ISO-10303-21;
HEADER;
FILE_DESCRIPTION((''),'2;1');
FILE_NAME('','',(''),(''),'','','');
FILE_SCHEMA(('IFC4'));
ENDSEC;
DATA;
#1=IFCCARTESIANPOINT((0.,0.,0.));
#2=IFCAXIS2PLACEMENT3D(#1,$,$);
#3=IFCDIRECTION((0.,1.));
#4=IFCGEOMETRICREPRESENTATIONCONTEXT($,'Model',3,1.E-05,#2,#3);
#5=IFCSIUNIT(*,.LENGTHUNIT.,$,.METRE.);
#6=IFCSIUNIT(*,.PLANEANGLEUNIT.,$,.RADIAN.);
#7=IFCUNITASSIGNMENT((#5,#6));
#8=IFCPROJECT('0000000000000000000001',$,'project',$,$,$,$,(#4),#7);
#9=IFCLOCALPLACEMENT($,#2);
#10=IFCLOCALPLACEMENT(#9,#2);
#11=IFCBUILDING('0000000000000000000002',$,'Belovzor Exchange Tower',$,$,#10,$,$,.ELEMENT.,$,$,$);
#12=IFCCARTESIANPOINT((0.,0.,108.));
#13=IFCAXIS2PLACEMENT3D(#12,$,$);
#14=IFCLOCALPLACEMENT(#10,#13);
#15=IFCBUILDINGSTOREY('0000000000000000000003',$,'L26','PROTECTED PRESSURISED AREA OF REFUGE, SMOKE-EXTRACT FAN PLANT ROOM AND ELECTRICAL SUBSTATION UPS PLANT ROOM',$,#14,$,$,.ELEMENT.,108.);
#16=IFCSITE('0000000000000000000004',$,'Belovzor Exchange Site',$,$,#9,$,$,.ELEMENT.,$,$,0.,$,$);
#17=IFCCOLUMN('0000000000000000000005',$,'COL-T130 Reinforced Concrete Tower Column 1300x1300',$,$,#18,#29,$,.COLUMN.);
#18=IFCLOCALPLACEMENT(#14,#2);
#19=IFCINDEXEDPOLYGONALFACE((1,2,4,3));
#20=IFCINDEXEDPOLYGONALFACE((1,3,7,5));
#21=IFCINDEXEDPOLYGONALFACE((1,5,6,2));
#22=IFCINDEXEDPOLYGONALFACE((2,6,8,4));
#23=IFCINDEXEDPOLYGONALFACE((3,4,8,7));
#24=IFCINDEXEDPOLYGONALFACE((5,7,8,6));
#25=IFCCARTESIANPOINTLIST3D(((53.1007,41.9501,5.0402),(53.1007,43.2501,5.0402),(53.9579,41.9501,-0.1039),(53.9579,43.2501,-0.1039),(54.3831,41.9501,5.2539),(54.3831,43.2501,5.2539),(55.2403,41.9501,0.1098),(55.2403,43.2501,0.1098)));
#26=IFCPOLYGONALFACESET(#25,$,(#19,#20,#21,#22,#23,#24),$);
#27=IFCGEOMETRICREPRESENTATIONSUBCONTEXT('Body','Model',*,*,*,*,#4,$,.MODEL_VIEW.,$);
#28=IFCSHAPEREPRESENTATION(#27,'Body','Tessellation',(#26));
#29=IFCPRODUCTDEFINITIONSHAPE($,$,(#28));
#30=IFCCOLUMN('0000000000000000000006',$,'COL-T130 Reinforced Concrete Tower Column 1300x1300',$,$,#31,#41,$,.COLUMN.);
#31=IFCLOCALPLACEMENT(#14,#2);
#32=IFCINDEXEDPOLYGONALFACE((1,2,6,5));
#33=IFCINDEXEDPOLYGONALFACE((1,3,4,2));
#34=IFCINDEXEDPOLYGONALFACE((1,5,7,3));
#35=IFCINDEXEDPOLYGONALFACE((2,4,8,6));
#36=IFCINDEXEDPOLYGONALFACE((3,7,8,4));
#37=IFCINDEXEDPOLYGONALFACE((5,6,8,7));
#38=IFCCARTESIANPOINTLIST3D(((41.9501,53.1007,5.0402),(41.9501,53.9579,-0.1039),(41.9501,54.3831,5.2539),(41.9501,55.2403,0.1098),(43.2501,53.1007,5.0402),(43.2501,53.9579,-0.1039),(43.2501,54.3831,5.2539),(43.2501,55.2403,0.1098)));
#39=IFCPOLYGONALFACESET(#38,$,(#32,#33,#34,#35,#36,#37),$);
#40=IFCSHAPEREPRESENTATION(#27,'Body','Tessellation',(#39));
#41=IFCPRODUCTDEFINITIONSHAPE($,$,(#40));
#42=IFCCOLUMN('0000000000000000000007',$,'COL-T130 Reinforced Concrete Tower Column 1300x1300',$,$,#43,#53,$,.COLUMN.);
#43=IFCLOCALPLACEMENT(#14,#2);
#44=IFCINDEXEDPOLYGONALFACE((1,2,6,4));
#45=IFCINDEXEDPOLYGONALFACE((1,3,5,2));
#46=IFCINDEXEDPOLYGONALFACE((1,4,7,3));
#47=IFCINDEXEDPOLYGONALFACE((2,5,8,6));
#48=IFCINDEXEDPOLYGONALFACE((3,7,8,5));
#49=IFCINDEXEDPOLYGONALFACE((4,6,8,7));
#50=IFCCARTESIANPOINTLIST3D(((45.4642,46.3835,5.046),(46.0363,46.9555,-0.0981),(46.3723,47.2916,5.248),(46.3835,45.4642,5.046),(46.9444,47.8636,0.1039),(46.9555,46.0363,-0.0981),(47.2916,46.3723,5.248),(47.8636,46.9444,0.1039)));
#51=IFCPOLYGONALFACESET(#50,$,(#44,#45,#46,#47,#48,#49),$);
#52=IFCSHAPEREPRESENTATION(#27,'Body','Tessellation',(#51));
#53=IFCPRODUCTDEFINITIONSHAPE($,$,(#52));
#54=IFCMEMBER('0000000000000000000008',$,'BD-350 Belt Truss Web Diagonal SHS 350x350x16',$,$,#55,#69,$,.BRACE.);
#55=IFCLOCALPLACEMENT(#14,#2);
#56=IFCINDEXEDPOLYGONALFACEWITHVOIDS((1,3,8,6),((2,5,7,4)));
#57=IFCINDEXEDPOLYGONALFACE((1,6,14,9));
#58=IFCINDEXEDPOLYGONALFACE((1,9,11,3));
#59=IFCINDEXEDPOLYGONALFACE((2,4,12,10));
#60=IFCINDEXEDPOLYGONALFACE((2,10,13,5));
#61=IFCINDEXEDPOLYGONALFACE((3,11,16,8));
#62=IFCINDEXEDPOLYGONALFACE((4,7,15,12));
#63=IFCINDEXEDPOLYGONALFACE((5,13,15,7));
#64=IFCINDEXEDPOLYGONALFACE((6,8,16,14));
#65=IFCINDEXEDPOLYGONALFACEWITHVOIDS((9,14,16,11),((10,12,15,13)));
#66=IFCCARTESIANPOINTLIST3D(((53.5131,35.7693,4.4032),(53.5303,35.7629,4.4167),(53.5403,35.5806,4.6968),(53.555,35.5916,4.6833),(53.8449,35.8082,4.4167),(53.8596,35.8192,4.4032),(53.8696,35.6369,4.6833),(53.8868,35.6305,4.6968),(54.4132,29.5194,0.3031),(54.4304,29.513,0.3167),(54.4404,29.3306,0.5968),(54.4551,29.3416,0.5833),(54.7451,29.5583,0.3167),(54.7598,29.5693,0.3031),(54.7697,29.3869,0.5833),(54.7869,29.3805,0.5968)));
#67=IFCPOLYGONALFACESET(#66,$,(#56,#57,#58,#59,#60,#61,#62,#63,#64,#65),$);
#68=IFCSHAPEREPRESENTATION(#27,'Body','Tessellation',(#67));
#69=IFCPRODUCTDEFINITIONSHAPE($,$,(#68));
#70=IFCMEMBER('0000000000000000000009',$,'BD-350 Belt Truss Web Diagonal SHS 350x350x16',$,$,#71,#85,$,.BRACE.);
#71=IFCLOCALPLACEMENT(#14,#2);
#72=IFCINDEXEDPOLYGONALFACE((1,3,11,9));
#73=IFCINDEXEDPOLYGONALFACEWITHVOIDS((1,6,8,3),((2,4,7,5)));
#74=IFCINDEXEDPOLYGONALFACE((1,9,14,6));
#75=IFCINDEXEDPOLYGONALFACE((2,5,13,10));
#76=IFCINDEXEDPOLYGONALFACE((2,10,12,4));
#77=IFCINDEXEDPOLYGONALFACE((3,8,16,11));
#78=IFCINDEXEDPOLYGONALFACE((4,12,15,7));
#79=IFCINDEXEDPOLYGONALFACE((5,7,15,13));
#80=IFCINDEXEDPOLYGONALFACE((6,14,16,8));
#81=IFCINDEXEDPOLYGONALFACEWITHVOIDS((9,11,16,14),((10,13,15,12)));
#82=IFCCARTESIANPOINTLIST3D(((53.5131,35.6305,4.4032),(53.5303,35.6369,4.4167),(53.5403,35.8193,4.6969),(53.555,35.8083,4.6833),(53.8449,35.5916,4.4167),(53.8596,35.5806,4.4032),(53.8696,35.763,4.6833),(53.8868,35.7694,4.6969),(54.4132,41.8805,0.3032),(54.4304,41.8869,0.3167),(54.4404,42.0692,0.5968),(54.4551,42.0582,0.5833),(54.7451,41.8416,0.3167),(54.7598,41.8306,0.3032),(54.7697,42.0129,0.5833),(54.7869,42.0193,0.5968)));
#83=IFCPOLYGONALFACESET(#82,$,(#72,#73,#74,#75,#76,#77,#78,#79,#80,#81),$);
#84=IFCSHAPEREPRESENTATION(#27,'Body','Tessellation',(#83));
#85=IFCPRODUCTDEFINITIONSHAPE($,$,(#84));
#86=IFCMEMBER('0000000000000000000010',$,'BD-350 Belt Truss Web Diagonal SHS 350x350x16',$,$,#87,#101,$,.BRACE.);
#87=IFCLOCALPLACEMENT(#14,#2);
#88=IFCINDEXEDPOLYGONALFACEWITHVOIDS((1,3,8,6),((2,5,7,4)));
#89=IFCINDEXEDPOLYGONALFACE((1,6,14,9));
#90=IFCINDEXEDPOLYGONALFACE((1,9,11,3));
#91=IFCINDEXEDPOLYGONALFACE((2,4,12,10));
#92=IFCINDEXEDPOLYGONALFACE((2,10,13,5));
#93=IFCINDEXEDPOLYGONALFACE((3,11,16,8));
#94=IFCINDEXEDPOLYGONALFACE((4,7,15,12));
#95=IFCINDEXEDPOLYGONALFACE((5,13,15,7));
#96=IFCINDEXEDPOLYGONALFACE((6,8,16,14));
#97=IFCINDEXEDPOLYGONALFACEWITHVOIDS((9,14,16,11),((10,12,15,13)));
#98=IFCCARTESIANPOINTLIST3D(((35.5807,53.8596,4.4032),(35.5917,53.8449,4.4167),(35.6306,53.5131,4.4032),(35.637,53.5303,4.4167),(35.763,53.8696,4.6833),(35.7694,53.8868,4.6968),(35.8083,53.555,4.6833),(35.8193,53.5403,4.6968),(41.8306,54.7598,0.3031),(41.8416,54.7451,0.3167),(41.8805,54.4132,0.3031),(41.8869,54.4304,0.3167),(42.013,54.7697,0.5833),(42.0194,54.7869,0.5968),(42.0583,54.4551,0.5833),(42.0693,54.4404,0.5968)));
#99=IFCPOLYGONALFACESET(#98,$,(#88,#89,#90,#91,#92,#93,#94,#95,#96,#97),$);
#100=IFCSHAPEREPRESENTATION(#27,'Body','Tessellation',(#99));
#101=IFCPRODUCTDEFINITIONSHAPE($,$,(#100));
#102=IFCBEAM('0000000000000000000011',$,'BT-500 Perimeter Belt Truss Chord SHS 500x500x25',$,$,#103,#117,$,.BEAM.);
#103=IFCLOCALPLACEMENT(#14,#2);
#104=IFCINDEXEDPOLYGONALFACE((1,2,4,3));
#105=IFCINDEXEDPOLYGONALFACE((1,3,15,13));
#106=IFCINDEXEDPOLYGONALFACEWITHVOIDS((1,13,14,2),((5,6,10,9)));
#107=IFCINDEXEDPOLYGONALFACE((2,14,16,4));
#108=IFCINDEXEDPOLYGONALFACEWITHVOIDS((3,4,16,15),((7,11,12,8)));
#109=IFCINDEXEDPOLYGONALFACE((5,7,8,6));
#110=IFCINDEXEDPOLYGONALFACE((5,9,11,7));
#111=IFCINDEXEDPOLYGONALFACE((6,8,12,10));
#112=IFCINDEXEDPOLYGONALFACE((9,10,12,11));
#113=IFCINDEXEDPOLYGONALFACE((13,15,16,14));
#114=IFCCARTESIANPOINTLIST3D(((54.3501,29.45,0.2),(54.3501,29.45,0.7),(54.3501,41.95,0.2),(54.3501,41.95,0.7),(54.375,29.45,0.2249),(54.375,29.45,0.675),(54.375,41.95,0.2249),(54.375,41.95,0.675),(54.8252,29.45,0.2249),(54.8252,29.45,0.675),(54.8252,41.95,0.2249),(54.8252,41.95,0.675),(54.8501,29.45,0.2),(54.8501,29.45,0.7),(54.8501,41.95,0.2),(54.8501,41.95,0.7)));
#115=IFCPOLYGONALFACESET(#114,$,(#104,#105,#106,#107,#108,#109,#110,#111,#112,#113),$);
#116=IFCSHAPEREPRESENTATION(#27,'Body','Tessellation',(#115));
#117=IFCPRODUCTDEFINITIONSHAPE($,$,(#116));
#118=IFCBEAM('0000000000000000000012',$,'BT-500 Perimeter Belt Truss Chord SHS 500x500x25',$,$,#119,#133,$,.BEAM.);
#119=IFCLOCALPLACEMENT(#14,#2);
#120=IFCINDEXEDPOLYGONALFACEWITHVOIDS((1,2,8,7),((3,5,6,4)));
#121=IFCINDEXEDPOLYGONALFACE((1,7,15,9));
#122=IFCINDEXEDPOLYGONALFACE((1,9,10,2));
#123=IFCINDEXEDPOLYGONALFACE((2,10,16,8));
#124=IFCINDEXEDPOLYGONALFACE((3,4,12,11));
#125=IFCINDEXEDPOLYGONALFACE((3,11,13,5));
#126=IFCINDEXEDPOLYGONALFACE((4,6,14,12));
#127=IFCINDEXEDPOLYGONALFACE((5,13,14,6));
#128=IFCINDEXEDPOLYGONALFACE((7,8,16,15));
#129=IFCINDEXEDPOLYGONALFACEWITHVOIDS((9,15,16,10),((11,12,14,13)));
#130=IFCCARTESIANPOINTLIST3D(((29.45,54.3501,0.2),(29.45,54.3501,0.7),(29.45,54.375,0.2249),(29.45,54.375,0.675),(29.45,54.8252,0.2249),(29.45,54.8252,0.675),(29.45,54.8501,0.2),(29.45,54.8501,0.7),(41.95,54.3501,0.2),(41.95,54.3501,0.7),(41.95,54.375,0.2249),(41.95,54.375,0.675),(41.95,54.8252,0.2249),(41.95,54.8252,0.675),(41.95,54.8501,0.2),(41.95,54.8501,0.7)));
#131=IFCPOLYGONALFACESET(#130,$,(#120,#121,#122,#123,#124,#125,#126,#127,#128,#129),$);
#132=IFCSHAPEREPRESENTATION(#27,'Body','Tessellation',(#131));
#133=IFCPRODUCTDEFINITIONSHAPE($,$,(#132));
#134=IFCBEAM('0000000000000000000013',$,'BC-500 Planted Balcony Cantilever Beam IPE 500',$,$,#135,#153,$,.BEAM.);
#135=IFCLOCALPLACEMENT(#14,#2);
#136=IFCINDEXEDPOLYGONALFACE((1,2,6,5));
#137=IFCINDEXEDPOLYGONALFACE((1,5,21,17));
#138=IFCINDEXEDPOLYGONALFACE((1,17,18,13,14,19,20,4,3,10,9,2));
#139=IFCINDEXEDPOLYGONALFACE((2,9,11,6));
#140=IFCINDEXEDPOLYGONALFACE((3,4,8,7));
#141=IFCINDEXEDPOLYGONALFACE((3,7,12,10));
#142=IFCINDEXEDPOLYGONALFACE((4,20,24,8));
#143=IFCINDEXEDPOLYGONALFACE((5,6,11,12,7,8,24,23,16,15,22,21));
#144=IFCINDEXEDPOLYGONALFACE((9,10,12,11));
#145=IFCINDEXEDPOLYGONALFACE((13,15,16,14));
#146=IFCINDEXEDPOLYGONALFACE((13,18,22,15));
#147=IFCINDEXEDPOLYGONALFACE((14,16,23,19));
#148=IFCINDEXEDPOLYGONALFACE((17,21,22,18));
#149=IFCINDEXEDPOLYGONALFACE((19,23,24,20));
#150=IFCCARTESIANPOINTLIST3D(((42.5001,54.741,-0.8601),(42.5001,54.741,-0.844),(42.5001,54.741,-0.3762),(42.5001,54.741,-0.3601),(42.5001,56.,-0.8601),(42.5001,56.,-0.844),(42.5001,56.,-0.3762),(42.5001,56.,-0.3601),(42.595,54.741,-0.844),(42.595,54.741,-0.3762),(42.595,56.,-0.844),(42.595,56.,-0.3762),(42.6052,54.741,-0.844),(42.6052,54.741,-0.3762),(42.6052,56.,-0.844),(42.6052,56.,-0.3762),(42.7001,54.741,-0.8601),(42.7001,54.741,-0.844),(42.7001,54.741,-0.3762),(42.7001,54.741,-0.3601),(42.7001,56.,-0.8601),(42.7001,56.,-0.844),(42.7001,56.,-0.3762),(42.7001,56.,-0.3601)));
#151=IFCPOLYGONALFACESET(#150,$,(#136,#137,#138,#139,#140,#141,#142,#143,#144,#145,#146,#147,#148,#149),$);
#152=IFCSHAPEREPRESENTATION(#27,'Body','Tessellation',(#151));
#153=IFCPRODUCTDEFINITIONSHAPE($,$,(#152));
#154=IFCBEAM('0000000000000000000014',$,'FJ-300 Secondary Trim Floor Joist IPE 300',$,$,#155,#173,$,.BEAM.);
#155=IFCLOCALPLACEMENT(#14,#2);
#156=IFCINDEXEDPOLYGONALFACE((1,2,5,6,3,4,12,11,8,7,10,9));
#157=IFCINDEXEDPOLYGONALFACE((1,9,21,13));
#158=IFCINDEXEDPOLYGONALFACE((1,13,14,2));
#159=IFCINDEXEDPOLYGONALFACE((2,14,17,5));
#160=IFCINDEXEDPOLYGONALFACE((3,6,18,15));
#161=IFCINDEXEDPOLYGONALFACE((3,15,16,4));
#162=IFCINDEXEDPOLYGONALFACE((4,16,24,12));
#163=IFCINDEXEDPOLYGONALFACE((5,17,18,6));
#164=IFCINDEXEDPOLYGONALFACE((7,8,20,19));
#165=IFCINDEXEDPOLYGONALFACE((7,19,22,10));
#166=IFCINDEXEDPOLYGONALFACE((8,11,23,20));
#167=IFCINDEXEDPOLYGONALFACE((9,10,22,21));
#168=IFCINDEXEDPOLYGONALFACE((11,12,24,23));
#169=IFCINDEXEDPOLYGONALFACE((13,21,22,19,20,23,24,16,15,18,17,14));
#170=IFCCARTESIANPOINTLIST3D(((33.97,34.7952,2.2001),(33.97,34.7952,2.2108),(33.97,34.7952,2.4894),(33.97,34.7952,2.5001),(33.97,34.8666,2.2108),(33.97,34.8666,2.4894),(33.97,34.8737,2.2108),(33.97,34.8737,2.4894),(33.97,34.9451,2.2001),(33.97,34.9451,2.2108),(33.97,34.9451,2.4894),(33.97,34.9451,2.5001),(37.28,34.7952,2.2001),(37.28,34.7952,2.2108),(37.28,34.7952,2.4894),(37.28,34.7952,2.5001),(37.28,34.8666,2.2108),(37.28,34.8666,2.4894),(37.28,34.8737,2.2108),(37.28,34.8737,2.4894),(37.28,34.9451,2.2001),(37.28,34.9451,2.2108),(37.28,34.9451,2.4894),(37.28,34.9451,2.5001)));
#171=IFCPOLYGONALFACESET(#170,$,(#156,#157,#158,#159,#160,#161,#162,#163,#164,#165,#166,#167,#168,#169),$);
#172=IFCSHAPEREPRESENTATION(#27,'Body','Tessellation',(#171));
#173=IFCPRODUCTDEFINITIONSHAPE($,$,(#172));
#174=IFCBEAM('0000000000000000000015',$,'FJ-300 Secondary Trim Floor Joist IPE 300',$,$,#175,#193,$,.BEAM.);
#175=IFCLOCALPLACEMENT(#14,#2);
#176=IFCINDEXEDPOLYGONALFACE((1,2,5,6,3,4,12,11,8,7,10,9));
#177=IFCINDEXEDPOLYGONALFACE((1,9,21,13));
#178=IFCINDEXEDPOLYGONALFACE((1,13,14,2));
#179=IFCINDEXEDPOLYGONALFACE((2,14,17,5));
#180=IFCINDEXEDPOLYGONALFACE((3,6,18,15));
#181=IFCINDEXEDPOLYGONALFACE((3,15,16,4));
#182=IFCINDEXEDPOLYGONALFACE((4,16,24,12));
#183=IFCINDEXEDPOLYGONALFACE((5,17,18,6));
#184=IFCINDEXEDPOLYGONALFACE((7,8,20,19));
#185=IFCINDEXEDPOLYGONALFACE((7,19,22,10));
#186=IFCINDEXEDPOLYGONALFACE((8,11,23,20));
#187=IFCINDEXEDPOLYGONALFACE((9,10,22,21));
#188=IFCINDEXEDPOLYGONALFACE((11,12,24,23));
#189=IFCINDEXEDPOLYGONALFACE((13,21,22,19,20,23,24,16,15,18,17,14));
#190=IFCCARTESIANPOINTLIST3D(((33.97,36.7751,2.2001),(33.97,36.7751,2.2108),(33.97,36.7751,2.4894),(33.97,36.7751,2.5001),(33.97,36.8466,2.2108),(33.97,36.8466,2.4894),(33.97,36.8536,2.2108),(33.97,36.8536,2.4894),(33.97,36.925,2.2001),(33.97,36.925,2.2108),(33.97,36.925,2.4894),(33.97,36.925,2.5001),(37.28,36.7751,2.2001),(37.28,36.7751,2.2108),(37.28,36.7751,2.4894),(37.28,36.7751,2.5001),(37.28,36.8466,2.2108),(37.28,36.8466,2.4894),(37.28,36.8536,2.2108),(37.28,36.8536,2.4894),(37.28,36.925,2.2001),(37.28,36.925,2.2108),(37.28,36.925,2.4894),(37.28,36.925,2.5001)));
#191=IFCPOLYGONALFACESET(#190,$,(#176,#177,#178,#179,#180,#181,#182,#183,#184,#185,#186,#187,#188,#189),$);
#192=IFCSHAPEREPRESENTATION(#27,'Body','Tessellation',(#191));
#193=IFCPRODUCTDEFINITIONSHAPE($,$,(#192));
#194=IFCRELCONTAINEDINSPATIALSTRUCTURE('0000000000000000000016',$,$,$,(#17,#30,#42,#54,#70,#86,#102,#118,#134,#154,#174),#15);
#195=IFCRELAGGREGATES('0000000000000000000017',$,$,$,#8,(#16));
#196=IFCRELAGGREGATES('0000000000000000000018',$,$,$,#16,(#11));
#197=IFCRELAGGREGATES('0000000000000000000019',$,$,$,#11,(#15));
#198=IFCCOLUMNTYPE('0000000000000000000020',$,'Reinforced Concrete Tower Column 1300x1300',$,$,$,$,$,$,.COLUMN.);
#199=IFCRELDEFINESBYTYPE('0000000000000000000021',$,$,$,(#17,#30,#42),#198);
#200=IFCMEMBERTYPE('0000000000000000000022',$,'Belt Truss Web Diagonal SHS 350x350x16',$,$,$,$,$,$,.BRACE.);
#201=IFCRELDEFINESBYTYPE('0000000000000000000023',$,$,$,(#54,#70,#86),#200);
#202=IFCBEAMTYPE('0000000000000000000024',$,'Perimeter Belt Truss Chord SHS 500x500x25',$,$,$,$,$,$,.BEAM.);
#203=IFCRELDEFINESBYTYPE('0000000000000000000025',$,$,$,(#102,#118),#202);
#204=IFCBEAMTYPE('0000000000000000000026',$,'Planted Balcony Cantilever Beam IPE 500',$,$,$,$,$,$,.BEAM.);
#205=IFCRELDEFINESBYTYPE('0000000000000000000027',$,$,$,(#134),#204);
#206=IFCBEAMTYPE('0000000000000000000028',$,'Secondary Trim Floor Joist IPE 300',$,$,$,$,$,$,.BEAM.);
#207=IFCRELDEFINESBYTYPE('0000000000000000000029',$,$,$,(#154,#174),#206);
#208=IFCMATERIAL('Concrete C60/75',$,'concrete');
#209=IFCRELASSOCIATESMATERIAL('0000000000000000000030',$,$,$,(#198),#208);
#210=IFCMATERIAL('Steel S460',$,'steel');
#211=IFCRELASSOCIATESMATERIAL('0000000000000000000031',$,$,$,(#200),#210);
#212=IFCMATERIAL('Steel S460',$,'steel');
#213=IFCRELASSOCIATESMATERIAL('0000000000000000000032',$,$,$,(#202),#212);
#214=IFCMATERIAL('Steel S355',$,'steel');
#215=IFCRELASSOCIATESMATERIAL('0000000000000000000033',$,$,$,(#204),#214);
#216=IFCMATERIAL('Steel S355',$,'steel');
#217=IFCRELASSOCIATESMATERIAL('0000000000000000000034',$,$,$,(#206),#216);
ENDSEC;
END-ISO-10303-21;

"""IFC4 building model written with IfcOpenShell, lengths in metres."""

from ifc_helpers import new_model, si_unit, direction, frame, origin, origin_2d, place, context, subcontext, project, spatial, rectangle, hollow_rectangle, i_section, extrude, material, material_profile, profile_set, type_object, element, save


model = new_model("IFC4")

# Units and contexts
model_context = context("Model", 3, precision=1e-05, world=origin(), true_north=direction((0.0, 1.0)))
body_context = subcontext(model_context, "Body", "Model", "MODEL_VIEW")
ifc_project = project(units=[si_unit("LENGTHUNIT", "METRE"), si_unit("PLANEANGLEUNIT", "RADIAN")], contexts=[model_context])

# Site, building, storey
site_placement = place(None, origin())
site = spatial("IfcSite", under=ifc_project, at=site_placement, Name="Belovzor Exchange Site", CompositionType="ELEMENT", RefElevation=0.0)
building_placement = place(site_placement, origin())
building = spatial("IfcBuilding", under=site, at=building_placement, Name="Belovzor Exchange Tower", CompositionType="ELEMENT")
storey_placement = place(building_placement, frame((0.0, 0.0, 108.0)))
storey = spatial("IfcBuildingStorey", under=building, at=storey_placement, Name="L26", Description="PROTECTED PRESSURISED AREA OF REFUGE, SMOKE-EXTRACT FAN PLANT ROOM AND ELECTRICAL SUBSTATION UPS PLANT ROOM", CompositionType="ELEMENT", Elevation=108.0)

# Columns
ifc_material_1 = material(Name="Concrete C60/75", Category="concrete")
ifc_material_profile_1 = material_profile(ifc_material_1, rectangle(XDim=1.3, YDim=1.3, at=origin_2d()))
ifc_profile_set_1 = profile_set([ifc_material_profile_1], Name="Concrete C60/75")
column_type = type_object("IfcColumnType", Name="Reinforced Concrete Tower Column 1300x1300", PredefinedType="COLUMN", material=ifc_profile_set_1)
for number, where, z_axis, x_axis, name in (
    (1, (54.5991, 42.6001, 0.0029), (-0.164369, 0.0, 0.986399), (0.0, -1.0, 0.0), "COL-T130 Reinforced Concrete Tower Column 1300x1300"),
    (2, (42.6001, 54.5991, 0.0029), (0.0, -0.164369, 0.986399), (1.0, 0.0, 0.0), "COL-T130 Reinforced Concrete Tower Column 1300x1300"),
):
    element("IfcColumn", number, at=place(storey_placement, frame(where, z_axis=z_axis, x_axis=x_axis)), inside=storey, type_object=column_type, Name=name, PredefinedType="COLUMN", context=body_context, shape_type="SweptSolid", body=[
        extrude(rectangle(XDim=1.3, YDim=1.3, at=origin_2d()), origin(), (0.0, 0.0, 1.0), 5.2151),
    ])
column_placement = place(storey_placement, frame((46.95, 46.95, 0.0029), z_axis=(-0.109851, -0.109851, 0.987859), x_axis=(0.707107, -0.707107, 0.0)))
element("IfcColumn", 3, at=column_placement, inside=storey, type_object=column_type, Name="COL-T130 Reinforced Concrete Tower Column 1300x1300", PredefinedType="COLUMN", context=body_context, shape_type="SweptSolid", body=[
    extrude(rectangle(XDim=1.3, YDim=1.3, at=origin_2d()), origin(), (0.0, 0.0, 1.0), 5.2073),
])

# Members
ifc_material_2 = material(Name="Steel S460", Category="steel")
ifc_material_profile_2 = material_profile(ifc_material_2, hollow_rectangle(XDim=0.3501, YDim=0.3501, WallThickness=0.0161, at=origin_2d()))
ifc_profile_set_2 = profile_set([ifc_material_profile_2], Name="Steel S460")
member_type_1 = type_object("IfcMemberType", Name="Belt Truss Web Diagonal SHS 350x350x16", PredefinedType="BRACE", material=ifc_profile_set_2)
for number, where, z_axis, x_axis, name in (
    (4, (54.6001, 29.45, 0.45), (-0.11956, 0.83014, 0.544585), (-0.989787, -0.142553, 0.0), "BD-350 Belt Truss Web Diagonal SHS 350x350x16"),
    (5, (53.7, 35.7, 4.55), (0.11956, 0.83014, -0.544585), (-0.989787, 0.142553, 0.0), "BD-350 Belt Truss Web Diagonal SHS 350x350x16"),
    (6, (41.95, 54.6001, 0.45), (-0.83014, -0.11956, 0.544585), (0.142553, -0.989787, 0.0), "BD-350 Belt Truss Web Diagonal SHS 350x350x16"),
):
    element("IfcMember", number, at=place(storey_placement, frame(where, z_axis=z_axis, x_axis=x_axis)), inside=storey, type_object=member_type_1, Name=name, PredefinedType="BRACE", context=body_context, shape_type="SweptSolid", body=[
        extrude(hollow_rectangle(XDim=0.3501, YDim=0.3501, WallThickness=0.0161, at=origin_2d()), origin(), (0.0, 0.0, 1.0), 7.5288),
    ])

# Beams
ifc_material_3 = material(Name="Steel S460", Category="steel")
ifc_material_profile_3 = material_profile(ifc_material_3, hollow_rectangle(XDim=0.5, YDim=0.5, WallThickness=0.0249, at=origin_2d()))
ifc_profile_set_3 = profile_set([ifc_material_profile_3], Name="Steel S460")
beam_type_1 = type_object("IfcBeamType", Name="Perimeter Belt Truss Chord SHS 500x500x25", PredefinedType="BEAM", material=ifc_profile_set_3)
for number, where, z_axis, x_axis, name in (
    (7, (54.6001, 29.45, 0.45), (0.0, 1.0, 0.0), (-1.0, 0.0, 0.0), "BT-500 Perimeter Belt Truss Chord SHS 500x500x25"),
    (8, (41.95, 54.6001, 0.45), (-1.0, 0.0, 0.0), (0.0, -1.0, 0.0), "BT-500 Perimeter Belt Truss Chord SHS 500x500x25"),
):
    element("IfcBeam", number, at=place(storey_placement, frame(where, z_axis=z_axis, x_axis=x_axis)), inside=storey, type_object=beam_type_1, Name=name, PredefinedType="BEAM", context=body_context, shape_type="SweptSolid", body=[
        extrude(hollow_rectangle(XDim=0.5, YDim=0.5, WallThickness=0.0249, at=origin_2d()), origin(), (0.0, 0.0, 1.0), 12.5),
    ])
ifc_material_4 = material(Name="Steel S355", Category="steel")
ifc_material_profile_4 = material_profile(ifc_material_4, i_section(OverallWidth=0.2, OverallDepth=0.5, WebThickness=0.0103, FlangeThickness=0.0161, at=origin_2d()))
ifc_profile_set_4 = profile_set([ifc_material_profile_4], Name="Steel S355")
beam_type_2 = type_object("IfcBeamType", Name="Planted Balcony Cantilever Beam IPE 500", PredefinedType="BEAM", material=ifc_profile_set_4)
beam_1_placement = place(storey_placement, frame((42.6001, 54.741, -0.6101), z_axis=(0.0, 1.0, 0.0), x_axis=(-1.0, 0.0, 0.0)))
element("IfcBeam", 9, at=beam_1_placement, inside=storey, type_object=beam_type_2, Name="BC-500 Planted Balcony Cantilever Beam IPE 500", PredefinedType="BEAM", context=body_context, shape_type="SweptSolid", body=[
    extrude(i_section(OverallWidth=0.2, OverallDepth=0.5, WebThickness=0.0103, FlangeThickness=0.0161, at=origin_2d()), origin(), (0.0, 0.0, 1.0), 1.259),
])
ifc_material_5 = material(Name="Steel S355", Category="steel")
ifc_material_profile_5 = material_profile(ifc_material_5, i_section(OverallWidth=0.1499, OverallDepth=0.3, WebThickness=0.0071, FlangeThickness=0.0107, at=origin_2d()))
ifc_profile_set_5 = profile_set([ifc_material_profile_5], Name="Steel S355")
beam_type_3 = type_object("IfcBeamType", Name="Secondary Trim Floor Joist IPE 300", PredefinedType="BEAM", material=ifc_profile_set_5)
for number, where, z_axis, x_axis, name in (
    (10, (37.28, 34.8701, 2.3501), (-1.0, 0.0, 0.0), (0.0, -1.0, 0.0), "FJ-300 Secondary Trim Floor Joist IPE 300"),
    (11, (37.28, 36.8501, 2.3501), (-1.0, 0.0, 0.0), (0.0, -1.0, 0.0), "FJ-300 Secondary Trim Floor Joist IPE 300"),
):
    element("IfcBeam", number, at=place(storey_placement, frame(where, z_axis=z_axis, x_axis=x_axis)), inside=storey, type_object=beam_type_3, Name=name, PredefinedType="BEAM", context=body_context, shape_type="SweptSolid", body=[
        extrude(i_section(OverallWidth=0.1499, OverallDepth=0.3, WebThickness=0.0071, FlangeThickness=0.0107, at=origin_2d()), origin(), (0.0, 0.0, 1.0), 3.3101),
    ])

save(model, "model.ifc")
